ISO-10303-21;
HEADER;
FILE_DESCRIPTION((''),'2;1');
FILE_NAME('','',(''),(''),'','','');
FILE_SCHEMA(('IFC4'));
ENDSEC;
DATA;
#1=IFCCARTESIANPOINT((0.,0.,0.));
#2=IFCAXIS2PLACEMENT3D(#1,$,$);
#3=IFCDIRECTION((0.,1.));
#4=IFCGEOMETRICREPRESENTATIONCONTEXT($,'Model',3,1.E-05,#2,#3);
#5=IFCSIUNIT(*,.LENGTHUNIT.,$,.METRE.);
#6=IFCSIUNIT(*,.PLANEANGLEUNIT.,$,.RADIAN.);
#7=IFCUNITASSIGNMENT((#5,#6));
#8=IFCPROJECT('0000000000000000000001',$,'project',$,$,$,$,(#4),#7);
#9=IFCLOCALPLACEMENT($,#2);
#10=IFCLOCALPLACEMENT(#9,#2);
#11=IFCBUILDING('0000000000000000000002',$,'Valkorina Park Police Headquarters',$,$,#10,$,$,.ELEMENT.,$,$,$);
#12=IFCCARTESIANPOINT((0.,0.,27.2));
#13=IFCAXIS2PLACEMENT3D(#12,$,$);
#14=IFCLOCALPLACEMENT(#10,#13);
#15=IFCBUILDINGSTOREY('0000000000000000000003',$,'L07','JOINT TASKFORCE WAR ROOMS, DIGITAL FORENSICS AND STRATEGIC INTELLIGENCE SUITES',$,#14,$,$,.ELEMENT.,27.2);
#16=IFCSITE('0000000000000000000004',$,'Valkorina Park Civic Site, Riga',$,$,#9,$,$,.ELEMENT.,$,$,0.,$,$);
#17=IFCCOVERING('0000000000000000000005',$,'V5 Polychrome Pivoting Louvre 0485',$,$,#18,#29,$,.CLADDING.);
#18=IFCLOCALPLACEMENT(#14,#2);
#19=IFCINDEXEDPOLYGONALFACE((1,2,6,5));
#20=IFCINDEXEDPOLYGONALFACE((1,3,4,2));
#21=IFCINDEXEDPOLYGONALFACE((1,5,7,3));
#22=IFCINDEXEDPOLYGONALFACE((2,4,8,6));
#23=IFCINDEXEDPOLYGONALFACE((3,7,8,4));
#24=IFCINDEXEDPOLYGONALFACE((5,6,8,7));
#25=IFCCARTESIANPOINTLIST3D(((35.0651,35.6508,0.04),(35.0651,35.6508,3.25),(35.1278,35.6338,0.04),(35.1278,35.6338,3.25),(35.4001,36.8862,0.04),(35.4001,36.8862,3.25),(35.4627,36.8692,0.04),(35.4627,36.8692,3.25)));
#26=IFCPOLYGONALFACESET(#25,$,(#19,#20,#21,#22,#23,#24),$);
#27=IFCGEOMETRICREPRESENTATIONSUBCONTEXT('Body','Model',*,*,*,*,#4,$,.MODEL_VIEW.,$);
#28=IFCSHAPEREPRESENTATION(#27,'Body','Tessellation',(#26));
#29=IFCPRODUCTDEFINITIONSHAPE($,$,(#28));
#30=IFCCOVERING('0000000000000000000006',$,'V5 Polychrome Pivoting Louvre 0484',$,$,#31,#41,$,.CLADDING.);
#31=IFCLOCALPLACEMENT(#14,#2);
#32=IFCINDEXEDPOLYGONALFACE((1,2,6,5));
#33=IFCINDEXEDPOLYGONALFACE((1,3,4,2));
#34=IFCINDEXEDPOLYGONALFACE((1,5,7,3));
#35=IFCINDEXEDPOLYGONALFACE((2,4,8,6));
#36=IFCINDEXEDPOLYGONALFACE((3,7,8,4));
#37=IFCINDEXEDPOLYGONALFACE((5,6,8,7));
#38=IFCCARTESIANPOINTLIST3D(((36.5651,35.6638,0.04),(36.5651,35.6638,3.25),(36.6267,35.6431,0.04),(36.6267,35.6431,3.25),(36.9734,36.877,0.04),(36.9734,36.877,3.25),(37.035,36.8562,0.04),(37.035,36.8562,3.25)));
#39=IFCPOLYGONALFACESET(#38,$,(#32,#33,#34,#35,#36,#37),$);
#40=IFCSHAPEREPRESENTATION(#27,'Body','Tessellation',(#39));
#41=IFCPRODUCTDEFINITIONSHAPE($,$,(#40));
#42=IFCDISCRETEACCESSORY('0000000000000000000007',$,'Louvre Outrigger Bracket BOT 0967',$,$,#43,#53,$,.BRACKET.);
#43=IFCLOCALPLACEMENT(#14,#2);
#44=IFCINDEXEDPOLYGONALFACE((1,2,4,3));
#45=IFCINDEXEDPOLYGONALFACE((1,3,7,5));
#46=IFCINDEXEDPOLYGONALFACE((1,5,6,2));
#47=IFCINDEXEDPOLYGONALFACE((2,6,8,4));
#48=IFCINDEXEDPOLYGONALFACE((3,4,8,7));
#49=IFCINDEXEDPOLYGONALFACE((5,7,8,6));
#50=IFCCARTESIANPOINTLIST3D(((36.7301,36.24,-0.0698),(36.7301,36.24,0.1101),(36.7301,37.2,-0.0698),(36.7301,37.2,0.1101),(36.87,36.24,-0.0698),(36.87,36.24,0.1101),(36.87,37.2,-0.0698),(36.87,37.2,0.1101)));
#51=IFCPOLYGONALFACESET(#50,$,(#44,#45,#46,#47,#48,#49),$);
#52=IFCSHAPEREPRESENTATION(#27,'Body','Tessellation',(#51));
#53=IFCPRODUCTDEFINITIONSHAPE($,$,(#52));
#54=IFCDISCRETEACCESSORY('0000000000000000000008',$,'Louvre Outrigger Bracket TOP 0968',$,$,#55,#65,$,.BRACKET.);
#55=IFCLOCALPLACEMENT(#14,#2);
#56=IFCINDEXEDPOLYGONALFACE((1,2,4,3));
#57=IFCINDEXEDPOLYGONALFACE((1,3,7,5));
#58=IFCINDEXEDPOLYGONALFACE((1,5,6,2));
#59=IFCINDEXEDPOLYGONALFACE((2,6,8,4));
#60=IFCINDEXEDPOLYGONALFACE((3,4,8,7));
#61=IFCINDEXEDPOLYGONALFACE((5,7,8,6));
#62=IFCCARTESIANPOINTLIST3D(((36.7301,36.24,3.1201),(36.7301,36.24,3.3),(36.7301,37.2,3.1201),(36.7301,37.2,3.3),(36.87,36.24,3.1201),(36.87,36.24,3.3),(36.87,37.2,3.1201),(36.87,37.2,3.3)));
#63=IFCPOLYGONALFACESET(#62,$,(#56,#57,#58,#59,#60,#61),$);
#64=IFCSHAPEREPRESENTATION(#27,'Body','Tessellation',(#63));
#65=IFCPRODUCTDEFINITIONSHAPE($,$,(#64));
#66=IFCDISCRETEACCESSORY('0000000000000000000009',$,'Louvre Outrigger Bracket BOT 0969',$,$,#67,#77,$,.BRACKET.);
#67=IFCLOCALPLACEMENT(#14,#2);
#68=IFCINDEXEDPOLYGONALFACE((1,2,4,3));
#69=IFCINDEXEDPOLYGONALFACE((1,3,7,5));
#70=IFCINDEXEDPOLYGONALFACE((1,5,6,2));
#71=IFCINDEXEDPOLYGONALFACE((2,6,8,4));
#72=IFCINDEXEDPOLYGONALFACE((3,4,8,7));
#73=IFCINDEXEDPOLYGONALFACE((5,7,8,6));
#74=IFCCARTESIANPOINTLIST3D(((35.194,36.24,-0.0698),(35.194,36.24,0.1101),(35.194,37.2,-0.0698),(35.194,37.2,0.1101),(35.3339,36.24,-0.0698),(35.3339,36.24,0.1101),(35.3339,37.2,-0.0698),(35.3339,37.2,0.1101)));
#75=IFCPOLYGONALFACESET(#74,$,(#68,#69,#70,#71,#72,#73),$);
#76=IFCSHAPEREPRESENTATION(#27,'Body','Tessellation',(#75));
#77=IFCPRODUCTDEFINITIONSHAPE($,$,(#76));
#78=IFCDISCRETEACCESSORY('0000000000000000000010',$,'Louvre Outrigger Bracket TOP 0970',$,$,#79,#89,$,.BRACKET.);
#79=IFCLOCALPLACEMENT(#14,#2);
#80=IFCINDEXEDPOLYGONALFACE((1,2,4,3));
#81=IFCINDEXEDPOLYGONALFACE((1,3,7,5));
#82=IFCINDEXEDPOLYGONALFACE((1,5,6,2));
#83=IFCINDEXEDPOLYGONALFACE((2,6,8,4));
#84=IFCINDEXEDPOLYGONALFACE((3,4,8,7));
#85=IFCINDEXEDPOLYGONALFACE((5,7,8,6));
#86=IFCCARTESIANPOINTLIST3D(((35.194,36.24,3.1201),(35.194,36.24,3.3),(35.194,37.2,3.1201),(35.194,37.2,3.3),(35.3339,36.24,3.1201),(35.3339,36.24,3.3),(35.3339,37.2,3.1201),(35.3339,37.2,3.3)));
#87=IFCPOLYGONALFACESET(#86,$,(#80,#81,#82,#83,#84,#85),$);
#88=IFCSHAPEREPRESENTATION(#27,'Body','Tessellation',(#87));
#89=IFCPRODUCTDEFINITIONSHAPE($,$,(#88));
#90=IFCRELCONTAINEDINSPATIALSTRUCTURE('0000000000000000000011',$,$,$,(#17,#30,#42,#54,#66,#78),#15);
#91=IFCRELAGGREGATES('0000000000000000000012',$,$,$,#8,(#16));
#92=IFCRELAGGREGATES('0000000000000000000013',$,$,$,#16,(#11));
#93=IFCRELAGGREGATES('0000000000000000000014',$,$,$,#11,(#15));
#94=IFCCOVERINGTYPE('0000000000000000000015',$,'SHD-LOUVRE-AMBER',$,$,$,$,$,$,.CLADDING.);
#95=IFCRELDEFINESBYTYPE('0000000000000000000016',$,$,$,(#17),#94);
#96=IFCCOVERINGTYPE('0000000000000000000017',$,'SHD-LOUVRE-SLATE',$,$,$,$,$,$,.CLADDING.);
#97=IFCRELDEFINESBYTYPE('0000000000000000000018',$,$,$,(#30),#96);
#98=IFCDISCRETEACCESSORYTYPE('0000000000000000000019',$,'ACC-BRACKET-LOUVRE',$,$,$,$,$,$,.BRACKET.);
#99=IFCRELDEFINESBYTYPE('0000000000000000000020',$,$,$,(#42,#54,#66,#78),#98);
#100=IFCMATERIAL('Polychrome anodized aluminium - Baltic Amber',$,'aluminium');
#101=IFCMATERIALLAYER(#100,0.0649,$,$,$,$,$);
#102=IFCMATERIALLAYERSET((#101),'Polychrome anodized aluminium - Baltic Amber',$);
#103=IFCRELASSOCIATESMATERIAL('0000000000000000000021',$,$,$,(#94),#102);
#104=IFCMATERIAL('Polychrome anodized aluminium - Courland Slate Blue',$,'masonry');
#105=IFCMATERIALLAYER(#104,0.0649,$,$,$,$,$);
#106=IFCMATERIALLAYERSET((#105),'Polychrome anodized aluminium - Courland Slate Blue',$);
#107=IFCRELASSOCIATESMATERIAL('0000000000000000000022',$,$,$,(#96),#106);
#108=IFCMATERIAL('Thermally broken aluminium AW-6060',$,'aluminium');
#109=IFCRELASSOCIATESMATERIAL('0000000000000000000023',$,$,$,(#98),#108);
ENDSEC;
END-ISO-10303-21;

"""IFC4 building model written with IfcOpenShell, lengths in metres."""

from ifc_helpers import new_model, si_unit, direction, frame, origin, origin_2d, place, context, subcontext, project, spatial, rectangle, extrude, material, layer, layer_set, type_object, element, save


model = new_model("IFC4")

# Units and contexts
model_context = context("Model", 3, precision=1e-05, world=origin(), true_north=direction((0.0, 1.0)))
body_context = subcontext(model_context, "Body", "Model", "MODEL_VIEW")
ifc_project = project(units=[si_unit("LENGTHUNIT", "METRE"), si_unit("PLANEANGLEUNIT", "RADIAN")], contexts=[model_context])

# Site, building, storey
site_placement = place(None, origin())
site = spatial("IfcSite", under=ifc_project, at=site_placement, Name="Valkorina Park Civic Site, Riga", CompositionType="ELEMENT", RefElevation=0.0)
building_placement = place(site_placement, origin())
building = spatial("IfcBuilding", under=site, at=building_placement, Name="Valkorina Park Police Headquarters", CompositionType="ELEMENT")
storey_placement = place(building_placement, frame((0.0, 0.0, 27.2)))
storey = spatial("IfcBuildingStorey", under=building, at=storey_placement, Name="L07", Description="JOINT TASKFORCE WAR ROOMS, DIGITAL FORENSICS AND STRATEGIC INTELLIGENCE SUITES", CompositionType="ELEMENT", Elevation=27.2)

# Shared definitions
ifc_material_1 = material(Name="Thermally broken aluminium AW-6060", Category="aluminium")

# Coverings
ifc_material_2 = material(Name="Polychrome anodized aluminium - Baltic Amber", Category="aluminium")
ifc_layer_1 = layer(ifc_material_2, 0.0649)
ifc_layer_set_1 = layer_set([ifc_layer_1], Name="Polychrome anodized aluminium - Baltic Amber")
covering_type_1 = type_object("IfcCoveringType", Name="SHD-LOUVRE-AMBER", PredefinedType="CLADDING", material=ifc_layer_set_1)
covering_1_placement = place(storey_placement, frame((35.2639, 36.26, 0.04), z_axis=(0.0, 0.0, 1.0), x_axis=(-0.261684, -0.965154, 0.0)))
element("IfcCovering", 1, at=covering_1_placement, inside=storey, type_object=covering_type_1, Name="V5 Polychrome Pivoting Louvre 0485", PredefinedType="CLADDING", context=body_context, shape_type="SweptSolid", body=[
    extrude(rectangle(XDim=1.28, YDim=0.0649, at=origin_2d()), origin(), (0.0, 0.0, 1.0), 3.21),
])
ifc_material_3 = material(Name="Polychrome anodized aluminium - Courland Slate Blue", Category="masonry")
ifc_layer_2 = layer(ifc_material_3, 0.0649)
ifc_layer_set_2 = layer_set([ifc_layer_2], Name="Polychrome anodized aluminium - Courland Slate Blue")
covering_type_2 = type_object("IfcCoveringType", Name="SHD-LOUVRE-SLATE", PredefinedType="CLADDING", material=ifc_layer_set_2)
covering_2_placement = place(storey_placement, frame((36.8, 36.26, 0.04), z_axis=(0.0, 0.0, 1.0), x_axis=(-0.318959, -0.947768, 0.0)))
element("IfcCovering", 2, at=covering_2_placement, inside=storey, type_object=covering_type_2, Name="V5 Polychrome Pivoting Louvre 0484", PredefinedType="CLADDING", context=body_context, shape_type="SweptSolid", body=[
    extrude(rectangle(XDim=1.28, YDim=0.0649, at=origin_2d()), origin(), (0.0, 0.0, 1.0), 3.21),
])

# Discrete accessories
discrete_accessory_type = type_object("IfcDiscreteAccessoryType", Name="ACC-BRACKET-LOUVRE", PredefinedType="BRACKET", material=ifc_material_1)
for number, where, z_axis, x_axis, name in (
    (3, (36.8, 36.72, -0.0698), (0.0, 0.0, 1.0), (0.0, -1.0, 0.0), "Louvre Outrigger Bracket BOT 0967"),
    (4, (36.8, 36.72, 3.1201), (0.0, 0.0, 1.0), (0.0, -1.0, 0.0), "Louvre Outrigger Bracket TOP 0968"),
    (5, (35.2639, 36.72, -0.0698), (0.0, 0.0, 1.0), (0.0, -1.0, 0.0), "Louvre Outrigger Bracket BOT 0969"),
    (6, (35.2639, 36.72, 3.1201), (0.0, 0.0, 1.0), (0.0, -1.0, 0.0), "Louvre Outrigger Bracket TOP 0970"),
):
    element("IfcDiscreteAccessory", number, at=place(storey_placement, frame(where, z_axis=z_axis, x_axis=x_axis)), inside=storey, type_object=discrete_accessory_type, Name=name, PredefinedType="BRACKET", context=body_context, shape_type="SweptSolid", body=[
        extrude(rectangle(XDim=0.96, YDim=0.1399, at=origin_2d()), origin(), (0.0, 0.0, 1.0), 0.1799),
    ])

save(model, "model.ifc")
